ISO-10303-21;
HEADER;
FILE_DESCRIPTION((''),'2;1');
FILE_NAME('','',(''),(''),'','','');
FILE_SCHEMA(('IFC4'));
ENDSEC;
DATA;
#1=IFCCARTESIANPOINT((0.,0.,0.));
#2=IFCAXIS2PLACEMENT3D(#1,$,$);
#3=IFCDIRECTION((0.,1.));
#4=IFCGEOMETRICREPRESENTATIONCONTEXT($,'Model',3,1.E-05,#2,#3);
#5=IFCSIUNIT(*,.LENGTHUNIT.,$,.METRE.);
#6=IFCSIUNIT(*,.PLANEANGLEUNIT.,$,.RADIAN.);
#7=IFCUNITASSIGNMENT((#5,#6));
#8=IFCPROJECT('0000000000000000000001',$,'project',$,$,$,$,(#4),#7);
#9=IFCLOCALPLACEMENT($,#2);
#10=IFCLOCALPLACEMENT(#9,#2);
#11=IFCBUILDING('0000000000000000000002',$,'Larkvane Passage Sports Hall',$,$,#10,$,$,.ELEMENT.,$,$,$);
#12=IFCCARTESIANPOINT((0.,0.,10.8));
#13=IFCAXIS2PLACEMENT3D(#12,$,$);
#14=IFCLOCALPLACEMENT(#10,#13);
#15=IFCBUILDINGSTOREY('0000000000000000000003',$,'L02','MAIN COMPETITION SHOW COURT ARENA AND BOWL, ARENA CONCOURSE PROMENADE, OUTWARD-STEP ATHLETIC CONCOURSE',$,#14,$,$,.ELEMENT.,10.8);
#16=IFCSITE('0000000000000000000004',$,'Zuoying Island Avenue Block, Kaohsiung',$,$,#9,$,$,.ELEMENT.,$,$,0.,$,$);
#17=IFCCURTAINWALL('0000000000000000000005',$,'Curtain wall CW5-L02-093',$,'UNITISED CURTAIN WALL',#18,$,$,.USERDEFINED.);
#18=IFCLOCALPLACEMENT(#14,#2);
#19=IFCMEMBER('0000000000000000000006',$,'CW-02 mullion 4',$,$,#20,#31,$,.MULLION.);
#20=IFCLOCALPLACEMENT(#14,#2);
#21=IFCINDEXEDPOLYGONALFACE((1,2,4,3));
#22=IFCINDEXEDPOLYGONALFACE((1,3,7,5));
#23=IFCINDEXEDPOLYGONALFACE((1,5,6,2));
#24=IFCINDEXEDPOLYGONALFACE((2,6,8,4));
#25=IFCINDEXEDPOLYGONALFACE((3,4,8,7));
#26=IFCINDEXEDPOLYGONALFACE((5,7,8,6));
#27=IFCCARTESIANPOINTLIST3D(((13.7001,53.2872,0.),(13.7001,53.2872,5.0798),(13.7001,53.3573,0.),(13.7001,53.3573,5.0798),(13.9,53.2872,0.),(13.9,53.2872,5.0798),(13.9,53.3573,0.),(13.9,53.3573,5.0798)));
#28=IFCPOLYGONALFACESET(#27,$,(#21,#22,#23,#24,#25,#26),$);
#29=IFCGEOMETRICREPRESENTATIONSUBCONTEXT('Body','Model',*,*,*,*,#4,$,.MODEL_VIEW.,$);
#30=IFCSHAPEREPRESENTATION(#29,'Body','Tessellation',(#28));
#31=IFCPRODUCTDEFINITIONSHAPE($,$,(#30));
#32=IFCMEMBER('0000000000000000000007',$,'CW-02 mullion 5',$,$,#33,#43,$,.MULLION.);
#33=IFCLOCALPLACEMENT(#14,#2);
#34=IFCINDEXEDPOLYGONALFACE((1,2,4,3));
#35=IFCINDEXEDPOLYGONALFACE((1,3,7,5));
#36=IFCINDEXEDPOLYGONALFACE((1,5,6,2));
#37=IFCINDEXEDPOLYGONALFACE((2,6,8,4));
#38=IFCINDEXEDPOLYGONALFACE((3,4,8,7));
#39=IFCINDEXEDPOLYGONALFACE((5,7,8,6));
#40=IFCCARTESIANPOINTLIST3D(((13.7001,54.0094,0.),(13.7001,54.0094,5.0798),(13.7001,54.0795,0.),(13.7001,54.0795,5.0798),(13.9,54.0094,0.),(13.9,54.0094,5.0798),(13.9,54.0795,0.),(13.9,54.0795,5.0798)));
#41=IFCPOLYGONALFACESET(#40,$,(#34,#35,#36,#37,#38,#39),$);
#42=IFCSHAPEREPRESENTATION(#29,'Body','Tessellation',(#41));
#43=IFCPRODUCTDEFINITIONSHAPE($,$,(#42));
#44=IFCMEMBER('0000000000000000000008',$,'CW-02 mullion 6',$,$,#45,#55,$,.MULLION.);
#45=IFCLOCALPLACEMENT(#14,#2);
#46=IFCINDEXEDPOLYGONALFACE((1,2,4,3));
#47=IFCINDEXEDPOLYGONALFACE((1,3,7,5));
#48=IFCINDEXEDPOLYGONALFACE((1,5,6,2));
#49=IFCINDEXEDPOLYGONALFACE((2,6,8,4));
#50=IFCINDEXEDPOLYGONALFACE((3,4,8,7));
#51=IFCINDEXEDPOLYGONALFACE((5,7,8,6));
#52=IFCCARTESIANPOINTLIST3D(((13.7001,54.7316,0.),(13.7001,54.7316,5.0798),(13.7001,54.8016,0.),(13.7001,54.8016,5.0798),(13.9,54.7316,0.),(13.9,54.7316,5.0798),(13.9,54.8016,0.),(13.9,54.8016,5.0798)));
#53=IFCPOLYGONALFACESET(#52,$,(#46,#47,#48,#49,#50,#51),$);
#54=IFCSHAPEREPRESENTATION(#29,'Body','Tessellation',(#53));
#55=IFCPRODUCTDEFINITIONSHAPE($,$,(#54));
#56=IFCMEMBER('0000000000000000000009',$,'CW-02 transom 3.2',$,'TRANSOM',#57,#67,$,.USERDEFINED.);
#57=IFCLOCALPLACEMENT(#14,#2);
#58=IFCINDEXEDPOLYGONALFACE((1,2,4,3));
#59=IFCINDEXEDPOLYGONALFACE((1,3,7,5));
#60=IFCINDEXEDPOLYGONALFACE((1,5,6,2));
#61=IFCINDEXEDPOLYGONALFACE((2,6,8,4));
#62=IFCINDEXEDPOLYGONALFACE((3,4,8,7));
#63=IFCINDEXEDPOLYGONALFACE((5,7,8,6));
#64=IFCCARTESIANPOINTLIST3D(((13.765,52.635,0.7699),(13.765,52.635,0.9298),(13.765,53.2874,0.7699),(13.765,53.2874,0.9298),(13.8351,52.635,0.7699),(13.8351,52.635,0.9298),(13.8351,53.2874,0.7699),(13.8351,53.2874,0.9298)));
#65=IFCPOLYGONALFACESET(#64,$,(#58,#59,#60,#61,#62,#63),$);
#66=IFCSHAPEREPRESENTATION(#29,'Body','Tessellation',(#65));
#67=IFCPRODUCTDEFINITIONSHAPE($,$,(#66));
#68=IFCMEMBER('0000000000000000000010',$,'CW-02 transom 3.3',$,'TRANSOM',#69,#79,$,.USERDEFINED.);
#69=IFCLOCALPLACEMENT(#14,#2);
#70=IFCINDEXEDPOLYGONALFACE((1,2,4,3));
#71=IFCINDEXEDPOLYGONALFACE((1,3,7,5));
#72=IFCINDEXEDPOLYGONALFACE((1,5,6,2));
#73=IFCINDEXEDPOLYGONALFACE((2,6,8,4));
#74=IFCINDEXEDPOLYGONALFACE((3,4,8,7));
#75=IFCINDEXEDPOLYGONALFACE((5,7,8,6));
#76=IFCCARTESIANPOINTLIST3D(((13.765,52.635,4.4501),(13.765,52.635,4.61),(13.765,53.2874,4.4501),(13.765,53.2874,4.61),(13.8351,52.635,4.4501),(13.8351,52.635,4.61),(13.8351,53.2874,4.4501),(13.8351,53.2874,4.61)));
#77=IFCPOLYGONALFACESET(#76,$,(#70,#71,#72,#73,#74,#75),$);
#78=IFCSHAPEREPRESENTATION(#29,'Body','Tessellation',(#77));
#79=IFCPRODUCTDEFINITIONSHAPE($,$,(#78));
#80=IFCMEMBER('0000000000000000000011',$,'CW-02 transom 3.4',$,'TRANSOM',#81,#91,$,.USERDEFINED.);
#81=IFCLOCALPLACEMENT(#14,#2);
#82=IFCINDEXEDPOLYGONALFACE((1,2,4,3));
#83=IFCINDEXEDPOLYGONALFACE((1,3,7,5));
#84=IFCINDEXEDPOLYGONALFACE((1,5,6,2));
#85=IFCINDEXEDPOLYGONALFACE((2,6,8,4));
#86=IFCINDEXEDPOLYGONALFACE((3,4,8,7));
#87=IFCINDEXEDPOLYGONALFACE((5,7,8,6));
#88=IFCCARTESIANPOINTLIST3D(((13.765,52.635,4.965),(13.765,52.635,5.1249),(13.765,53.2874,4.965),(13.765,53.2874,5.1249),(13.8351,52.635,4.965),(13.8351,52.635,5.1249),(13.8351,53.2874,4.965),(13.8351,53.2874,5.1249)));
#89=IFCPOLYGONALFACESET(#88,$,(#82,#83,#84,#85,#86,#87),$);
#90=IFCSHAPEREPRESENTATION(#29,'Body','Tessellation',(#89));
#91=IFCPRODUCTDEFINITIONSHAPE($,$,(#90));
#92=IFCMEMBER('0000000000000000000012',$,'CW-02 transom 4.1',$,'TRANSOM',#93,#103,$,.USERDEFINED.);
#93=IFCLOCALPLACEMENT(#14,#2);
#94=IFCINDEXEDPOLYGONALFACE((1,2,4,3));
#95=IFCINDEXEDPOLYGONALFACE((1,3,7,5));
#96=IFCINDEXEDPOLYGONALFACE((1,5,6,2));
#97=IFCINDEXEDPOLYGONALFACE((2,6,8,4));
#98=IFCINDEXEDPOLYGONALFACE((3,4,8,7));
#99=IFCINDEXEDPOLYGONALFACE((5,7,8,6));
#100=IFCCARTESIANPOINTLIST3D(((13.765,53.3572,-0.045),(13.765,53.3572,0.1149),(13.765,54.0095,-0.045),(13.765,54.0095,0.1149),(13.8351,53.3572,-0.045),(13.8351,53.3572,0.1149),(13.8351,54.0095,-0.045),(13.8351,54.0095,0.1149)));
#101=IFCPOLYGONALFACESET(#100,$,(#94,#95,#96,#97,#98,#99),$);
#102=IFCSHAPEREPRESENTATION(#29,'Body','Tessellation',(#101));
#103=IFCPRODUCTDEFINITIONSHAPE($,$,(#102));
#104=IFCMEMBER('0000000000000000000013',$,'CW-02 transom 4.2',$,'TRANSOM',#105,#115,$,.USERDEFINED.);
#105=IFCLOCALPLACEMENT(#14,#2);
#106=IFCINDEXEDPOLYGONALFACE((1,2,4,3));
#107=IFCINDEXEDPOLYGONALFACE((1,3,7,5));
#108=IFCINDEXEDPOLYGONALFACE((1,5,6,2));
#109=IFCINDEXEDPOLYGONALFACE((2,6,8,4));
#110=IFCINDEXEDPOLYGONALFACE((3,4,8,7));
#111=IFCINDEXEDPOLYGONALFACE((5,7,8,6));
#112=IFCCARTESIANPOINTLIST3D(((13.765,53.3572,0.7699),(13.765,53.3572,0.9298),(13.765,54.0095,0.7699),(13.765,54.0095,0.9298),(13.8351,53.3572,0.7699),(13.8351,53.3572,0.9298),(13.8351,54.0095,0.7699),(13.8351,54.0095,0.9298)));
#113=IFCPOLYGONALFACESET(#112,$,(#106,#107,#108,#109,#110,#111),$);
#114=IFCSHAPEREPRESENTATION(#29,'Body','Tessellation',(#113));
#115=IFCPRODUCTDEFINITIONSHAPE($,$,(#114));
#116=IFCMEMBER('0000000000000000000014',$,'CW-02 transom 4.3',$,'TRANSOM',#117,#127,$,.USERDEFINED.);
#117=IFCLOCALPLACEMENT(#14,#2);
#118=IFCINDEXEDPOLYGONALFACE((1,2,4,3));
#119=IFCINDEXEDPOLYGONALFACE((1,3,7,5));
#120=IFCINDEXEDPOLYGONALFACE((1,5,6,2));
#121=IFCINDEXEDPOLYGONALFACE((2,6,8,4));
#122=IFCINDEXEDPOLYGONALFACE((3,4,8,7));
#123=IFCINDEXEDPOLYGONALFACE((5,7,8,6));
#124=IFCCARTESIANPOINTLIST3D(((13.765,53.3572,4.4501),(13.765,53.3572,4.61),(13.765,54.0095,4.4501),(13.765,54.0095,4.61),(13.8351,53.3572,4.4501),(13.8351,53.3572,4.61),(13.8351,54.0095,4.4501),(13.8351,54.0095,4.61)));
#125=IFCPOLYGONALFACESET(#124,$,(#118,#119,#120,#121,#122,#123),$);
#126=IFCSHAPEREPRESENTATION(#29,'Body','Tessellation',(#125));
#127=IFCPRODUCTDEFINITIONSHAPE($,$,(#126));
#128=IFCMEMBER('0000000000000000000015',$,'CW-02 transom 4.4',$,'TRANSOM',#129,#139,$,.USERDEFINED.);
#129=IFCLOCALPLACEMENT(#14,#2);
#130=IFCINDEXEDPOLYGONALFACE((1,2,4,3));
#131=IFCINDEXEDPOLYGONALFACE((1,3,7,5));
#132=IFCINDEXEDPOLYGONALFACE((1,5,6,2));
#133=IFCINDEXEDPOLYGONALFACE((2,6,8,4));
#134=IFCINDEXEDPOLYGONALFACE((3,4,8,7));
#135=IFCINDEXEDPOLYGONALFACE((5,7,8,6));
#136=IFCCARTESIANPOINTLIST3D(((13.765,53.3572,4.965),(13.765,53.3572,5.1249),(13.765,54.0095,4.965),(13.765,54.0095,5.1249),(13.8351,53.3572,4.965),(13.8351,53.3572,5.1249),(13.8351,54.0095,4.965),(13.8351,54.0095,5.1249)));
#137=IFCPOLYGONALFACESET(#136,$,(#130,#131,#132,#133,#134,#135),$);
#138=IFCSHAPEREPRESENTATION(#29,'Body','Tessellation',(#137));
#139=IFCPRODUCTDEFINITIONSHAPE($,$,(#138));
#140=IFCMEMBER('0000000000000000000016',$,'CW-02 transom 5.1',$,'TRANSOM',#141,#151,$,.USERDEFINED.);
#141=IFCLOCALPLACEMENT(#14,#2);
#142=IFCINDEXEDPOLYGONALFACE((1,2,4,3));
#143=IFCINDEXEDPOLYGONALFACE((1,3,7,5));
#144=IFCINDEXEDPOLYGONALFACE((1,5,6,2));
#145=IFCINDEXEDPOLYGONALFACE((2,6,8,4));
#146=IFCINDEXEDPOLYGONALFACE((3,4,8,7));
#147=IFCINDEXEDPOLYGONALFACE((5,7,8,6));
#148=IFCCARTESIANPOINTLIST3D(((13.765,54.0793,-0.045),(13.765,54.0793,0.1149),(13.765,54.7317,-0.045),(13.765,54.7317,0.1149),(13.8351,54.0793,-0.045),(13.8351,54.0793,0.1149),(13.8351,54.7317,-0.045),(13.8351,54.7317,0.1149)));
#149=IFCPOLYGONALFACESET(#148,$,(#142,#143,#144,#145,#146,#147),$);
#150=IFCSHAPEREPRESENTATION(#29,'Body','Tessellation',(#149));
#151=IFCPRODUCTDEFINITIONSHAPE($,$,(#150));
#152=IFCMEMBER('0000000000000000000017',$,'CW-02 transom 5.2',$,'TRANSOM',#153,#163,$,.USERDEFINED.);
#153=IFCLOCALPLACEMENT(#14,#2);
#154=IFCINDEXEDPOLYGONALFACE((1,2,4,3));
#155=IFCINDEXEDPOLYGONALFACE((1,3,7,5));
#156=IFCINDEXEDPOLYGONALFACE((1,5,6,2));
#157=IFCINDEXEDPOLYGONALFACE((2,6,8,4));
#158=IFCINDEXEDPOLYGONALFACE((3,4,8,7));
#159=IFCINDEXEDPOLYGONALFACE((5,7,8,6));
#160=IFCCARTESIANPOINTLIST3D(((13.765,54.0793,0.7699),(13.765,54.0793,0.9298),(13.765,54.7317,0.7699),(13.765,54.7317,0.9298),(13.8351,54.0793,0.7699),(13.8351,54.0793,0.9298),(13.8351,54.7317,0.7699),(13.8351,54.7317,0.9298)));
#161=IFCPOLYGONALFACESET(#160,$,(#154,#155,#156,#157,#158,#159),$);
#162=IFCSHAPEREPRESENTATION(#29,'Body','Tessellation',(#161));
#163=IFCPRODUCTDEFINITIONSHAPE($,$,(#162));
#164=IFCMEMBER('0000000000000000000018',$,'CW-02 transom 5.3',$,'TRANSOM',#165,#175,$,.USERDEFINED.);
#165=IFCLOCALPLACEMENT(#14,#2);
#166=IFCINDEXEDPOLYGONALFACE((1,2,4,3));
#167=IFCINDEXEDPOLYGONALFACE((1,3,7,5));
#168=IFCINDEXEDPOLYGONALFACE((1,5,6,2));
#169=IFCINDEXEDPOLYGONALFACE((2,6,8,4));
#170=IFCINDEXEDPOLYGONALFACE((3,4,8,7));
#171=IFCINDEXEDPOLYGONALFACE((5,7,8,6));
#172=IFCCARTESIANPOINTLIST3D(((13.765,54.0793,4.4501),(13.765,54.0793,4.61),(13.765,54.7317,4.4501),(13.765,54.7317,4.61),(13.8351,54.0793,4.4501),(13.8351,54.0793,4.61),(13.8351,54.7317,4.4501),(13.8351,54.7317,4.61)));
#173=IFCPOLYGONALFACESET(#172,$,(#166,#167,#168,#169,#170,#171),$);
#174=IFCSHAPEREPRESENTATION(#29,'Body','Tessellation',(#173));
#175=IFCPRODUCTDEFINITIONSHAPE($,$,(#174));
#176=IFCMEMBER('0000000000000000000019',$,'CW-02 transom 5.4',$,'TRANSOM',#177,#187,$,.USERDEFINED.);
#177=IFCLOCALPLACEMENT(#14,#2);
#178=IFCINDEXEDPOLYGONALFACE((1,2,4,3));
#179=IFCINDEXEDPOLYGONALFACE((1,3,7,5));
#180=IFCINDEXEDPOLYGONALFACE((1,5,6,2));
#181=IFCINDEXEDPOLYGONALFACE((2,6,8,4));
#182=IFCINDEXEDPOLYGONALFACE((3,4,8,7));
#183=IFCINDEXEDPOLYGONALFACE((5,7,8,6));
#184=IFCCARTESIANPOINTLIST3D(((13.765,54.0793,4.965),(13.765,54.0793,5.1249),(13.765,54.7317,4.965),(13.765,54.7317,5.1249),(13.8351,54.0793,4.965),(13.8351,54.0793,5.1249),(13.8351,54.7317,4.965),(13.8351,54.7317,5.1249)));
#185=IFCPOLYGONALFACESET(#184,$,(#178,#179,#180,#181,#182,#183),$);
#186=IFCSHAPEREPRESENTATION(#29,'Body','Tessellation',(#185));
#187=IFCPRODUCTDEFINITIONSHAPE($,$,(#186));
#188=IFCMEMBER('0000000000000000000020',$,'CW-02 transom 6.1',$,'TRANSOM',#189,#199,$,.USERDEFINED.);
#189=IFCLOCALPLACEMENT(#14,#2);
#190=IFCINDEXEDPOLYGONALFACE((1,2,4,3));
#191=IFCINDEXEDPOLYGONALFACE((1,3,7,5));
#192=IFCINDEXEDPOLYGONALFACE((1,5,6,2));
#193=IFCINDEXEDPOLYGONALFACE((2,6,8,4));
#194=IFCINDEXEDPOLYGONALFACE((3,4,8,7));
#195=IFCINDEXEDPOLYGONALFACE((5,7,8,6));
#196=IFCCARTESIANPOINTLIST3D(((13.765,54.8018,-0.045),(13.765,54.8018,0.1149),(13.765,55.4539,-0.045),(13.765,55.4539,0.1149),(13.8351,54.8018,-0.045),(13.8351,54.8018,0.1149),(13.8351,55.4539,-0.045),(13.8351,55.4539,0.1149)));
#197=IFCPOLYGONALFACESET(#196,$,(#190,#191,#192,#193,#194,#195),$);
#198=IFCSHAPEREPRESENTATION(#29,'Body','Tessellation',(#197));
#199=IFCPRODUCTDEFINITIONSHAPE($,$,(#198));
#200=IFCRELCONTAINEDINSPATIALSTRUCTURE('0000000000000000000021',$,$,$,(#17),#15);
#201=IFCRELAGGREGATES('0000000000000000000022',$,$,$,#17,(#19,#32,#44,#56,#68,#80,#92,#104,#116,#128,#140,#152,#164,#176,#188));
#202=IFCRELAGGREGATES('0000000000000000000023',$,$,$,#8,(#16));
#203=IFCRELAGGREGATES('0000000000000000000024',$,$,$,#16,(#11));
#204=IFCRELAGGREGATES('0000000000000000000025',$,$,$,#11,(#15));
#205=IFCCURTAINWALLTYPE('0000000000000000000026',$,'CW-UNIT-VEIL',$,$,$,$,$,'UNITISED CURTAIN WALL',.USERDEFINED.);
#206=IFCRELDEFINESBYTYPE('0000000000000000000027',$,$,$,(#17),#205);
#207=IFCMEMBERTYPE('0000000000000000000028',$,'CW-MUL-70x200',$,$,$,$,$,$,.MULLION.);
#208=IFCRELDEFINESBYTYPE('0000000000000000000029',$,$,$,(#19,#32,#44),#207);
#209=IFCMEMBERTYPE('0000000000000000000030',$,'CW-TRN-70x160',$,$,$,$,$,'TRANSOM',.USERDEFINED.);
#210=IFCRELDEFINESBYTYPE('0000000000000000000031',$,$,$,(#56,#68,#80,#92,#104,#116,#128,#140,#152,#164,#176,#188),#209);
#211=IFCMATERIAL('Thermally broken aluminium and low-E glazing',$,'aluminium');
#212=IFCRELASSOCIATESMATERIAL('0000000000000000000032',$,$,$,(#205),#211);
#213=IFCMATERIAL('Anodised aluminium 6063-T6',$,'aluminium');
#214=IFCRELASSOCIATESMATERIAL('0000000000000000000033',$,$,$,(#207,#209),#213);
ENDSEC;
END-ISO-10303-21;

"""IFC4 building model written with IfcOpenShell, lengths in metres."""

from ifc_helpers import new_model, si_unit, direction, frame, origin, origin_2d, place, context, subcontext, project, spatial, rectangle, extrude, material, material_profile, profile_set, type_object, element, aggregate, save


model = new_model("IFC4")

# Units and contexts
model_context = context("Model", 3, precision=1e-05, world=origin(), true_north=direction((0.0, 1.0)))
body_context = subcontext(model_context, "Body", "Model", "MODEL_VIEW")
ifc_project = project(units=[si_unit("LENGTHUNIT", "METRE"), si_unit("PLANEANGLEUNIT", "RADIAN")], contexts=[model_context])

# Site, building, storey
site_placement = place(None, origin())
site = spatial("IfcSite", under=ifc_project, at=site_placement, Name="Zuoying Island Avenue Block, Kaohsiung", CompositionType="ELEMENT", RefElevation=0.0)
building_placement = place(site_placement, origin())
building = spatial("IfcBuilding", under=site, at=building_placement, Name="Larkvane Passage Sports Hall", CompositionType="ELEMENT")
storey_placement = place(building_placement, frame((0.0, 0.0, 10.8)))
storey = spatial("IfcBuildingStorey", under=building, at=storey_placement, Name="L02", Description="MAIN COMPETITION SHOW COURT ARENA AND BOWL, ARENA CONCOURSE PROMENADE, OUTWARD-STEP ATHLETIC CONCOURSE", CompositionType="ELEMENT", Elevation=10.8)

# Curtain wall, members
ifc_material_1 = material(Name="Thermally broken aluminium and low-E glazing", Category="aluminium")
curtain_wall_type = type_object("IfcCurtainWallType", Name="CW-UNIT-VEIL", ElementType="UNITISED CURTAIN WALL", PredefinedType="USERDEFINED", material=ifc_material_1)
curtain_wall_placement = place(storey_placement, origin())
curtain_wall = element("IfcCurtainWall", 1, at=curtain_wall_placement, inside=storey, type_object=curtain_wall_type, Name="Curtain wall CW5-L02-093", ObjectType="UNITISED CURTAIN WALL", PredefinedType="USERDEFINED")
ifc_material_2 = material(Name="Anodised aluminium 6063-T6", Category="aluminium")
ifc_material_profile_1 = material_profile(ifc_material_2, rectangle(XDim=0.0701, YDim=0.2, at=origin_2d()), Name="ALU-MUL-70x200")
ifc_profile_set_1 = profile_set([ifc_material_profile_1], Name="Anodised aluminium 6063-T6")
member_type_1 = type_object("IfcMemberType", Name="CW-MUL-70x200", PredefinedType="MULLION", material=ifc_profile_set_1)
member_1_placement = place(storey_placement, frame((13.8, 53.3223, 0.0), z_axis=(0.0, 0.0, 1.0), x_axis=(0.0, 1.0, 0.0)))
member_1 = element("IfcMember", 2, at=member_1_placement, type_object=member_type_1, Name="CW-02 mullion 4", PredefinedType="MULLION", context=body_context, shape_type="SweptSolid", body=[
    extrude(rectangle(XDim=0.0701, YDim=0.2, at=origin_2d()), origin(), (0.0, 0.0, 1.0), 5.0798),
])
member_2_placement = place(storey_placement, frame((13.8, 54.0444, 0.0), z_axis=(0.0, 0.0, 1.0), x_axis=(0.0, 1.0, 0.0)))
member_2 = element("IfcMember", 3, at=member_2_placement, type_object=member_type_1, Name="CW-02 mullion 5", PredefinedType="MULLION", context=body_context, shape_type="SweptSolid", body=[
    extrude(rectangle(XDim=0.0701, YDim=0.2, at=origin_2d()), origin(), (0.0, 0.0, 1.0), 5.0798),
])
member_3_placement = place(storey_placement, frame((13.8, 54.7666, 0.0), z_axis=(0.0, 0.0, 1.0), x_axis=(0.0, 1.0, 0.0)))
member_3 = element("IfcMember", 4, at=member_3_placement, type_object=member_type_1, Name="CW-02 mullion 6", PredefinedType="MULLION", context=body_context, shape_type="SweptSolid", body=[
    extrude(rectangle(XDim=0.0701, YDim=0.2, at=origin_2d()), origin(), (0.0, 0.0, 1.0), 5.0798),
])
ifc_material_profile_2 = material_profile(ifc_material_2, rectangle(XDim=0.0701, YDim=0.1599, at=origin_2d()), Name="ALU-TRN-70x160")
ifc_profile_set_2 = profile_set([ifc_material_profile_2], Name="Anodised aluminium 6063-T6")
member_type_2 = type_object("IfcMemberType", Name="CW-TRN-70x160", ElementType="TRANSOM", PredefinedType="USERDEFINED", material=ifc_profile_set_2)
member_4_placement = place(storey_placement, frame((13.8, 52.635, 0.8499), z_axis=(0.0, 1.0, 0.0), x_axis=(-1.0, 0.0, 0.0)))
member_4 = element("IfcMember", 5, at=member_4_placement, type_object=member_type_2, Name="CW-02 transom 3.2", ObjectType="TRANSOM", PredefinedType="USERDEFINED", context=body_context, shape_type="SweptSolid", body=[
    extrude(rectangle(XDim=0.0701, YDim=0.1599, at=origin_2d()), origin(), (0.0, 0.0, 1.0), 0.6523),
])
member_5_placement = place(storey_placement, frame((13.8, 52.635, 4.53), z_axis=(0.0, 1.0, 0.0), x_axis=(-1.0, 0.0, 0.0)))
member_5 = element("IfcMember", 6, at=member_5_placement, type_object=member_type_2, Name="CW-02 transom 3.3", ObjectType="TRANSOM", PredefinedType="USERDEFINED", context=body_context, shape_type="SweptSolid", body=[
    extrude(rectangle(XDim=0.0701, YDim=0.1599, at=origin_2d()), origin(), (0.0, 0.0, 1.0), 0.6523),
])
member_6_placement = place(storey_placement, frame((13.8, 52.635, 5.0449), z_axis=(0.0, 1.0, 0.0), x_axis=(-1.0, 0.0, 0.0)))
member_6 = element("IfcMember", 7, at=member_6_placement, type_object=member_type_2, Name="CW-02 transom 3.4", ObjectType="TRANSOM", PredefinedType="USERDEFINED", context=body_context, shape_type="SweptSolid", body=[
    extrude(rectangle(XDim=0.0701, YDim=0.1599, at=origin_2d()), origin(), (0.0, 0.0, 1.0), 0.6523),
])
member_7_placement = place(storey_placement, frame((13.8, 53.3572, 0.0349), z_axis=(0.0, 1.0, 0.0), x_axis=(-1.0, 0.0, 0.0)))
member_7 = element("IfcMember", 8, at=member_7_placement, type_object=member_type_2, Name="CW-02 transom 4.1", ObjectType="TRANSOM", PredefinedType="USERDEFINED", context=body_context, shape_type="SweptSolid", body=[
    extrude(rectangle(XDim=0.0701, YDim=0.1599, at=origin_2d()), origin(), (0.0, 0.0, 1.0), 0.6523),
])
member_8_placement = place(storey_placement, frame((13.8, 53.3572, 0.8499), z_axis=(0.0, 1.0, 0.0), x_axis=(-1.0, 0.0, 0.0)))
member_8 = element("IfcMember", 9, at=member_8_placement, type_object=member_type_2, Name="CW-02 transom 4.2", ObjectType="TRANSOM", PredefinedType="USERDEFINED", context=body_context, shape_type="SweptSolid", body=[
    extrude(rectangle(XDim=0.0701, YDim=0.1599, at=origin_2d()), origin(), (0.0, 0.0, 1.0), 0.6523),
])
member_9_placement = place(storey_placement, frame((13.8, 53.3572, 4.53), z_axis=(0.0, 1.0, 0.0), x_axis=(-1.0, 0.0, 0.0)))
member_9 = element("IfcMember", 10, at=member_9_placement, type_object=member_type_2, Name="CW-02 transom 4.3", ObjectType="TRANSOM", PredefinedType="USERDEFINED", context=body_context, shape_type="SweptSolid", body=[
    extrude(rectangle(XDim=0.0701, YDim=0.1599, at=origin_2d()), origin(), (0.0, 0.0, 1.0), 0.6523),
])
member_10_placement = place(storey_placement, frame((13.8, 53.3572, 5.0449), z_axis=(0.0, 1.0, 0.0), x_axis=(-1.0, 0.0, 0.0)))
member_10 = element("IfcMember", 11, at=member_10_placement, type_object=member_type_2, Name="CW-02 transom 4.4", ObjectType="TRANSOM", PredefinedType="USERDEFINED", context=body_context, shape_type="SweptSolid", body=[
    extrude(rectangle(XDim=0.0701, YDim=0.1599, at=origin_2d()), origin(), (0.0, 0.0, 1.0), 0.6523),
])
member_11_placement = place(storey_placement, frame((13.8, 54.0793, 0.0349), z_axis=(0.0, 1.0, 0.0), x_axis=(-1.0, 0.0, 0.0)))
member_11 = element("IfcMember", 12, at=member_11_placement, type_object=member_type_2, Name="CW-02 transom 5.1", ObjectType="TRANSOM", PredefinedType="USERDEFINED", context=body_context, shape_type="SweptSolid", body=[
    extrude(rectangle(XDim=0.0701, YDim=0.1599, at=origin_2d()), origin(), (0.0, 0.0, 1.0), 0.6523),
])
member_12_placement = place(storey_placement, frame((13.8, 54.0793, 0.8499), z_axis=(0.0, 1.0, 0.0), x_axis=(-1.0, 0.0, 0.0)))
member_12 = element("IfcMember", 13, at=member_12_placement, type_object=member_type_2, Name="CW-02 transom 5.2", ObjectType="TRANSOM", PredefinedType="USERDEFINED", context=body_context, shape_type="SweptSolid", body=[
    extrude(rectangle(XDim=0.0701, YDim=0.1599, at=origin_2d()), origin(), (0.0, 0.0, 1.0), 0.6523),
])
member_13_placement = place(storey_placement, frame((13.8, 54.0793, 4.53), z_axis=(0.0, 1.0, 0.0), x_axis=(-1.0, 0.0, 0.0)))
member_13 = element("IfcMember", 14, at=member_13_placement, type_object=member_type_2, Name="CW-02 transom 5.3", ObjectType="TRANSOM", PredefinedType="USERDEFINED", context=body_context, shape_type="SweptSolid", body=[
    extrude(rectangle(XDim=0.0701, YDim=0.1599, at=origin_2d()), origin(), (0.0, 0.0, 1.0), 0.6523),
])
member_14_placement = place(storey_placement, frame((13.8, 54.0793, 5.0449), z_axis=(0.0, 1.0, 0.0), x_axis=(-1.0, 0.0, 0.0)))
member_14 = element("IfcMember", 15, at=member_14_placement, type_object=member_type_2, Name="CW-02 transom 5.4", ObjectType="TRANSOM", PredefinedType="USERDEFINED", context=body_context, shape_type="SweptSolid", body=[
    extrude(rectangle(XDim=0.0701, YDim=0.1599, at=origin_2d()), origin(), (0.0, 0.0, 1.0), 0.6523),
])
member_15_placement = place(storey_placement, frame((13.8, 54.8018, 0.0349), z_axis=(0.0, 1.0, 0.0), x_axis=(-1.0, 0.0, 0.0)))
member_15 = element("IfcMember", 16, at=member_15_placement, type_object=member_type_2, Name="CW-02 transom 6.1", ObjectType="TRANSOM", PredefinedType="USERDEFINED", context=body_context, shape_type="SweptSolid", body=[
    extrude(rectangle(XDim=0.0701, YDim=0.1599, at=origin_2d()), origin(), (0.0, 0.0, 1.0), 0.6521),
])
aggregate(curtain_wall, [member_1, member_2, member_3, member_4, member_5, member_6, member_7, member_8, member_9, member_10, member_11, member_12, member_13, member_14, member_15])

save(model, "model.ifc")
